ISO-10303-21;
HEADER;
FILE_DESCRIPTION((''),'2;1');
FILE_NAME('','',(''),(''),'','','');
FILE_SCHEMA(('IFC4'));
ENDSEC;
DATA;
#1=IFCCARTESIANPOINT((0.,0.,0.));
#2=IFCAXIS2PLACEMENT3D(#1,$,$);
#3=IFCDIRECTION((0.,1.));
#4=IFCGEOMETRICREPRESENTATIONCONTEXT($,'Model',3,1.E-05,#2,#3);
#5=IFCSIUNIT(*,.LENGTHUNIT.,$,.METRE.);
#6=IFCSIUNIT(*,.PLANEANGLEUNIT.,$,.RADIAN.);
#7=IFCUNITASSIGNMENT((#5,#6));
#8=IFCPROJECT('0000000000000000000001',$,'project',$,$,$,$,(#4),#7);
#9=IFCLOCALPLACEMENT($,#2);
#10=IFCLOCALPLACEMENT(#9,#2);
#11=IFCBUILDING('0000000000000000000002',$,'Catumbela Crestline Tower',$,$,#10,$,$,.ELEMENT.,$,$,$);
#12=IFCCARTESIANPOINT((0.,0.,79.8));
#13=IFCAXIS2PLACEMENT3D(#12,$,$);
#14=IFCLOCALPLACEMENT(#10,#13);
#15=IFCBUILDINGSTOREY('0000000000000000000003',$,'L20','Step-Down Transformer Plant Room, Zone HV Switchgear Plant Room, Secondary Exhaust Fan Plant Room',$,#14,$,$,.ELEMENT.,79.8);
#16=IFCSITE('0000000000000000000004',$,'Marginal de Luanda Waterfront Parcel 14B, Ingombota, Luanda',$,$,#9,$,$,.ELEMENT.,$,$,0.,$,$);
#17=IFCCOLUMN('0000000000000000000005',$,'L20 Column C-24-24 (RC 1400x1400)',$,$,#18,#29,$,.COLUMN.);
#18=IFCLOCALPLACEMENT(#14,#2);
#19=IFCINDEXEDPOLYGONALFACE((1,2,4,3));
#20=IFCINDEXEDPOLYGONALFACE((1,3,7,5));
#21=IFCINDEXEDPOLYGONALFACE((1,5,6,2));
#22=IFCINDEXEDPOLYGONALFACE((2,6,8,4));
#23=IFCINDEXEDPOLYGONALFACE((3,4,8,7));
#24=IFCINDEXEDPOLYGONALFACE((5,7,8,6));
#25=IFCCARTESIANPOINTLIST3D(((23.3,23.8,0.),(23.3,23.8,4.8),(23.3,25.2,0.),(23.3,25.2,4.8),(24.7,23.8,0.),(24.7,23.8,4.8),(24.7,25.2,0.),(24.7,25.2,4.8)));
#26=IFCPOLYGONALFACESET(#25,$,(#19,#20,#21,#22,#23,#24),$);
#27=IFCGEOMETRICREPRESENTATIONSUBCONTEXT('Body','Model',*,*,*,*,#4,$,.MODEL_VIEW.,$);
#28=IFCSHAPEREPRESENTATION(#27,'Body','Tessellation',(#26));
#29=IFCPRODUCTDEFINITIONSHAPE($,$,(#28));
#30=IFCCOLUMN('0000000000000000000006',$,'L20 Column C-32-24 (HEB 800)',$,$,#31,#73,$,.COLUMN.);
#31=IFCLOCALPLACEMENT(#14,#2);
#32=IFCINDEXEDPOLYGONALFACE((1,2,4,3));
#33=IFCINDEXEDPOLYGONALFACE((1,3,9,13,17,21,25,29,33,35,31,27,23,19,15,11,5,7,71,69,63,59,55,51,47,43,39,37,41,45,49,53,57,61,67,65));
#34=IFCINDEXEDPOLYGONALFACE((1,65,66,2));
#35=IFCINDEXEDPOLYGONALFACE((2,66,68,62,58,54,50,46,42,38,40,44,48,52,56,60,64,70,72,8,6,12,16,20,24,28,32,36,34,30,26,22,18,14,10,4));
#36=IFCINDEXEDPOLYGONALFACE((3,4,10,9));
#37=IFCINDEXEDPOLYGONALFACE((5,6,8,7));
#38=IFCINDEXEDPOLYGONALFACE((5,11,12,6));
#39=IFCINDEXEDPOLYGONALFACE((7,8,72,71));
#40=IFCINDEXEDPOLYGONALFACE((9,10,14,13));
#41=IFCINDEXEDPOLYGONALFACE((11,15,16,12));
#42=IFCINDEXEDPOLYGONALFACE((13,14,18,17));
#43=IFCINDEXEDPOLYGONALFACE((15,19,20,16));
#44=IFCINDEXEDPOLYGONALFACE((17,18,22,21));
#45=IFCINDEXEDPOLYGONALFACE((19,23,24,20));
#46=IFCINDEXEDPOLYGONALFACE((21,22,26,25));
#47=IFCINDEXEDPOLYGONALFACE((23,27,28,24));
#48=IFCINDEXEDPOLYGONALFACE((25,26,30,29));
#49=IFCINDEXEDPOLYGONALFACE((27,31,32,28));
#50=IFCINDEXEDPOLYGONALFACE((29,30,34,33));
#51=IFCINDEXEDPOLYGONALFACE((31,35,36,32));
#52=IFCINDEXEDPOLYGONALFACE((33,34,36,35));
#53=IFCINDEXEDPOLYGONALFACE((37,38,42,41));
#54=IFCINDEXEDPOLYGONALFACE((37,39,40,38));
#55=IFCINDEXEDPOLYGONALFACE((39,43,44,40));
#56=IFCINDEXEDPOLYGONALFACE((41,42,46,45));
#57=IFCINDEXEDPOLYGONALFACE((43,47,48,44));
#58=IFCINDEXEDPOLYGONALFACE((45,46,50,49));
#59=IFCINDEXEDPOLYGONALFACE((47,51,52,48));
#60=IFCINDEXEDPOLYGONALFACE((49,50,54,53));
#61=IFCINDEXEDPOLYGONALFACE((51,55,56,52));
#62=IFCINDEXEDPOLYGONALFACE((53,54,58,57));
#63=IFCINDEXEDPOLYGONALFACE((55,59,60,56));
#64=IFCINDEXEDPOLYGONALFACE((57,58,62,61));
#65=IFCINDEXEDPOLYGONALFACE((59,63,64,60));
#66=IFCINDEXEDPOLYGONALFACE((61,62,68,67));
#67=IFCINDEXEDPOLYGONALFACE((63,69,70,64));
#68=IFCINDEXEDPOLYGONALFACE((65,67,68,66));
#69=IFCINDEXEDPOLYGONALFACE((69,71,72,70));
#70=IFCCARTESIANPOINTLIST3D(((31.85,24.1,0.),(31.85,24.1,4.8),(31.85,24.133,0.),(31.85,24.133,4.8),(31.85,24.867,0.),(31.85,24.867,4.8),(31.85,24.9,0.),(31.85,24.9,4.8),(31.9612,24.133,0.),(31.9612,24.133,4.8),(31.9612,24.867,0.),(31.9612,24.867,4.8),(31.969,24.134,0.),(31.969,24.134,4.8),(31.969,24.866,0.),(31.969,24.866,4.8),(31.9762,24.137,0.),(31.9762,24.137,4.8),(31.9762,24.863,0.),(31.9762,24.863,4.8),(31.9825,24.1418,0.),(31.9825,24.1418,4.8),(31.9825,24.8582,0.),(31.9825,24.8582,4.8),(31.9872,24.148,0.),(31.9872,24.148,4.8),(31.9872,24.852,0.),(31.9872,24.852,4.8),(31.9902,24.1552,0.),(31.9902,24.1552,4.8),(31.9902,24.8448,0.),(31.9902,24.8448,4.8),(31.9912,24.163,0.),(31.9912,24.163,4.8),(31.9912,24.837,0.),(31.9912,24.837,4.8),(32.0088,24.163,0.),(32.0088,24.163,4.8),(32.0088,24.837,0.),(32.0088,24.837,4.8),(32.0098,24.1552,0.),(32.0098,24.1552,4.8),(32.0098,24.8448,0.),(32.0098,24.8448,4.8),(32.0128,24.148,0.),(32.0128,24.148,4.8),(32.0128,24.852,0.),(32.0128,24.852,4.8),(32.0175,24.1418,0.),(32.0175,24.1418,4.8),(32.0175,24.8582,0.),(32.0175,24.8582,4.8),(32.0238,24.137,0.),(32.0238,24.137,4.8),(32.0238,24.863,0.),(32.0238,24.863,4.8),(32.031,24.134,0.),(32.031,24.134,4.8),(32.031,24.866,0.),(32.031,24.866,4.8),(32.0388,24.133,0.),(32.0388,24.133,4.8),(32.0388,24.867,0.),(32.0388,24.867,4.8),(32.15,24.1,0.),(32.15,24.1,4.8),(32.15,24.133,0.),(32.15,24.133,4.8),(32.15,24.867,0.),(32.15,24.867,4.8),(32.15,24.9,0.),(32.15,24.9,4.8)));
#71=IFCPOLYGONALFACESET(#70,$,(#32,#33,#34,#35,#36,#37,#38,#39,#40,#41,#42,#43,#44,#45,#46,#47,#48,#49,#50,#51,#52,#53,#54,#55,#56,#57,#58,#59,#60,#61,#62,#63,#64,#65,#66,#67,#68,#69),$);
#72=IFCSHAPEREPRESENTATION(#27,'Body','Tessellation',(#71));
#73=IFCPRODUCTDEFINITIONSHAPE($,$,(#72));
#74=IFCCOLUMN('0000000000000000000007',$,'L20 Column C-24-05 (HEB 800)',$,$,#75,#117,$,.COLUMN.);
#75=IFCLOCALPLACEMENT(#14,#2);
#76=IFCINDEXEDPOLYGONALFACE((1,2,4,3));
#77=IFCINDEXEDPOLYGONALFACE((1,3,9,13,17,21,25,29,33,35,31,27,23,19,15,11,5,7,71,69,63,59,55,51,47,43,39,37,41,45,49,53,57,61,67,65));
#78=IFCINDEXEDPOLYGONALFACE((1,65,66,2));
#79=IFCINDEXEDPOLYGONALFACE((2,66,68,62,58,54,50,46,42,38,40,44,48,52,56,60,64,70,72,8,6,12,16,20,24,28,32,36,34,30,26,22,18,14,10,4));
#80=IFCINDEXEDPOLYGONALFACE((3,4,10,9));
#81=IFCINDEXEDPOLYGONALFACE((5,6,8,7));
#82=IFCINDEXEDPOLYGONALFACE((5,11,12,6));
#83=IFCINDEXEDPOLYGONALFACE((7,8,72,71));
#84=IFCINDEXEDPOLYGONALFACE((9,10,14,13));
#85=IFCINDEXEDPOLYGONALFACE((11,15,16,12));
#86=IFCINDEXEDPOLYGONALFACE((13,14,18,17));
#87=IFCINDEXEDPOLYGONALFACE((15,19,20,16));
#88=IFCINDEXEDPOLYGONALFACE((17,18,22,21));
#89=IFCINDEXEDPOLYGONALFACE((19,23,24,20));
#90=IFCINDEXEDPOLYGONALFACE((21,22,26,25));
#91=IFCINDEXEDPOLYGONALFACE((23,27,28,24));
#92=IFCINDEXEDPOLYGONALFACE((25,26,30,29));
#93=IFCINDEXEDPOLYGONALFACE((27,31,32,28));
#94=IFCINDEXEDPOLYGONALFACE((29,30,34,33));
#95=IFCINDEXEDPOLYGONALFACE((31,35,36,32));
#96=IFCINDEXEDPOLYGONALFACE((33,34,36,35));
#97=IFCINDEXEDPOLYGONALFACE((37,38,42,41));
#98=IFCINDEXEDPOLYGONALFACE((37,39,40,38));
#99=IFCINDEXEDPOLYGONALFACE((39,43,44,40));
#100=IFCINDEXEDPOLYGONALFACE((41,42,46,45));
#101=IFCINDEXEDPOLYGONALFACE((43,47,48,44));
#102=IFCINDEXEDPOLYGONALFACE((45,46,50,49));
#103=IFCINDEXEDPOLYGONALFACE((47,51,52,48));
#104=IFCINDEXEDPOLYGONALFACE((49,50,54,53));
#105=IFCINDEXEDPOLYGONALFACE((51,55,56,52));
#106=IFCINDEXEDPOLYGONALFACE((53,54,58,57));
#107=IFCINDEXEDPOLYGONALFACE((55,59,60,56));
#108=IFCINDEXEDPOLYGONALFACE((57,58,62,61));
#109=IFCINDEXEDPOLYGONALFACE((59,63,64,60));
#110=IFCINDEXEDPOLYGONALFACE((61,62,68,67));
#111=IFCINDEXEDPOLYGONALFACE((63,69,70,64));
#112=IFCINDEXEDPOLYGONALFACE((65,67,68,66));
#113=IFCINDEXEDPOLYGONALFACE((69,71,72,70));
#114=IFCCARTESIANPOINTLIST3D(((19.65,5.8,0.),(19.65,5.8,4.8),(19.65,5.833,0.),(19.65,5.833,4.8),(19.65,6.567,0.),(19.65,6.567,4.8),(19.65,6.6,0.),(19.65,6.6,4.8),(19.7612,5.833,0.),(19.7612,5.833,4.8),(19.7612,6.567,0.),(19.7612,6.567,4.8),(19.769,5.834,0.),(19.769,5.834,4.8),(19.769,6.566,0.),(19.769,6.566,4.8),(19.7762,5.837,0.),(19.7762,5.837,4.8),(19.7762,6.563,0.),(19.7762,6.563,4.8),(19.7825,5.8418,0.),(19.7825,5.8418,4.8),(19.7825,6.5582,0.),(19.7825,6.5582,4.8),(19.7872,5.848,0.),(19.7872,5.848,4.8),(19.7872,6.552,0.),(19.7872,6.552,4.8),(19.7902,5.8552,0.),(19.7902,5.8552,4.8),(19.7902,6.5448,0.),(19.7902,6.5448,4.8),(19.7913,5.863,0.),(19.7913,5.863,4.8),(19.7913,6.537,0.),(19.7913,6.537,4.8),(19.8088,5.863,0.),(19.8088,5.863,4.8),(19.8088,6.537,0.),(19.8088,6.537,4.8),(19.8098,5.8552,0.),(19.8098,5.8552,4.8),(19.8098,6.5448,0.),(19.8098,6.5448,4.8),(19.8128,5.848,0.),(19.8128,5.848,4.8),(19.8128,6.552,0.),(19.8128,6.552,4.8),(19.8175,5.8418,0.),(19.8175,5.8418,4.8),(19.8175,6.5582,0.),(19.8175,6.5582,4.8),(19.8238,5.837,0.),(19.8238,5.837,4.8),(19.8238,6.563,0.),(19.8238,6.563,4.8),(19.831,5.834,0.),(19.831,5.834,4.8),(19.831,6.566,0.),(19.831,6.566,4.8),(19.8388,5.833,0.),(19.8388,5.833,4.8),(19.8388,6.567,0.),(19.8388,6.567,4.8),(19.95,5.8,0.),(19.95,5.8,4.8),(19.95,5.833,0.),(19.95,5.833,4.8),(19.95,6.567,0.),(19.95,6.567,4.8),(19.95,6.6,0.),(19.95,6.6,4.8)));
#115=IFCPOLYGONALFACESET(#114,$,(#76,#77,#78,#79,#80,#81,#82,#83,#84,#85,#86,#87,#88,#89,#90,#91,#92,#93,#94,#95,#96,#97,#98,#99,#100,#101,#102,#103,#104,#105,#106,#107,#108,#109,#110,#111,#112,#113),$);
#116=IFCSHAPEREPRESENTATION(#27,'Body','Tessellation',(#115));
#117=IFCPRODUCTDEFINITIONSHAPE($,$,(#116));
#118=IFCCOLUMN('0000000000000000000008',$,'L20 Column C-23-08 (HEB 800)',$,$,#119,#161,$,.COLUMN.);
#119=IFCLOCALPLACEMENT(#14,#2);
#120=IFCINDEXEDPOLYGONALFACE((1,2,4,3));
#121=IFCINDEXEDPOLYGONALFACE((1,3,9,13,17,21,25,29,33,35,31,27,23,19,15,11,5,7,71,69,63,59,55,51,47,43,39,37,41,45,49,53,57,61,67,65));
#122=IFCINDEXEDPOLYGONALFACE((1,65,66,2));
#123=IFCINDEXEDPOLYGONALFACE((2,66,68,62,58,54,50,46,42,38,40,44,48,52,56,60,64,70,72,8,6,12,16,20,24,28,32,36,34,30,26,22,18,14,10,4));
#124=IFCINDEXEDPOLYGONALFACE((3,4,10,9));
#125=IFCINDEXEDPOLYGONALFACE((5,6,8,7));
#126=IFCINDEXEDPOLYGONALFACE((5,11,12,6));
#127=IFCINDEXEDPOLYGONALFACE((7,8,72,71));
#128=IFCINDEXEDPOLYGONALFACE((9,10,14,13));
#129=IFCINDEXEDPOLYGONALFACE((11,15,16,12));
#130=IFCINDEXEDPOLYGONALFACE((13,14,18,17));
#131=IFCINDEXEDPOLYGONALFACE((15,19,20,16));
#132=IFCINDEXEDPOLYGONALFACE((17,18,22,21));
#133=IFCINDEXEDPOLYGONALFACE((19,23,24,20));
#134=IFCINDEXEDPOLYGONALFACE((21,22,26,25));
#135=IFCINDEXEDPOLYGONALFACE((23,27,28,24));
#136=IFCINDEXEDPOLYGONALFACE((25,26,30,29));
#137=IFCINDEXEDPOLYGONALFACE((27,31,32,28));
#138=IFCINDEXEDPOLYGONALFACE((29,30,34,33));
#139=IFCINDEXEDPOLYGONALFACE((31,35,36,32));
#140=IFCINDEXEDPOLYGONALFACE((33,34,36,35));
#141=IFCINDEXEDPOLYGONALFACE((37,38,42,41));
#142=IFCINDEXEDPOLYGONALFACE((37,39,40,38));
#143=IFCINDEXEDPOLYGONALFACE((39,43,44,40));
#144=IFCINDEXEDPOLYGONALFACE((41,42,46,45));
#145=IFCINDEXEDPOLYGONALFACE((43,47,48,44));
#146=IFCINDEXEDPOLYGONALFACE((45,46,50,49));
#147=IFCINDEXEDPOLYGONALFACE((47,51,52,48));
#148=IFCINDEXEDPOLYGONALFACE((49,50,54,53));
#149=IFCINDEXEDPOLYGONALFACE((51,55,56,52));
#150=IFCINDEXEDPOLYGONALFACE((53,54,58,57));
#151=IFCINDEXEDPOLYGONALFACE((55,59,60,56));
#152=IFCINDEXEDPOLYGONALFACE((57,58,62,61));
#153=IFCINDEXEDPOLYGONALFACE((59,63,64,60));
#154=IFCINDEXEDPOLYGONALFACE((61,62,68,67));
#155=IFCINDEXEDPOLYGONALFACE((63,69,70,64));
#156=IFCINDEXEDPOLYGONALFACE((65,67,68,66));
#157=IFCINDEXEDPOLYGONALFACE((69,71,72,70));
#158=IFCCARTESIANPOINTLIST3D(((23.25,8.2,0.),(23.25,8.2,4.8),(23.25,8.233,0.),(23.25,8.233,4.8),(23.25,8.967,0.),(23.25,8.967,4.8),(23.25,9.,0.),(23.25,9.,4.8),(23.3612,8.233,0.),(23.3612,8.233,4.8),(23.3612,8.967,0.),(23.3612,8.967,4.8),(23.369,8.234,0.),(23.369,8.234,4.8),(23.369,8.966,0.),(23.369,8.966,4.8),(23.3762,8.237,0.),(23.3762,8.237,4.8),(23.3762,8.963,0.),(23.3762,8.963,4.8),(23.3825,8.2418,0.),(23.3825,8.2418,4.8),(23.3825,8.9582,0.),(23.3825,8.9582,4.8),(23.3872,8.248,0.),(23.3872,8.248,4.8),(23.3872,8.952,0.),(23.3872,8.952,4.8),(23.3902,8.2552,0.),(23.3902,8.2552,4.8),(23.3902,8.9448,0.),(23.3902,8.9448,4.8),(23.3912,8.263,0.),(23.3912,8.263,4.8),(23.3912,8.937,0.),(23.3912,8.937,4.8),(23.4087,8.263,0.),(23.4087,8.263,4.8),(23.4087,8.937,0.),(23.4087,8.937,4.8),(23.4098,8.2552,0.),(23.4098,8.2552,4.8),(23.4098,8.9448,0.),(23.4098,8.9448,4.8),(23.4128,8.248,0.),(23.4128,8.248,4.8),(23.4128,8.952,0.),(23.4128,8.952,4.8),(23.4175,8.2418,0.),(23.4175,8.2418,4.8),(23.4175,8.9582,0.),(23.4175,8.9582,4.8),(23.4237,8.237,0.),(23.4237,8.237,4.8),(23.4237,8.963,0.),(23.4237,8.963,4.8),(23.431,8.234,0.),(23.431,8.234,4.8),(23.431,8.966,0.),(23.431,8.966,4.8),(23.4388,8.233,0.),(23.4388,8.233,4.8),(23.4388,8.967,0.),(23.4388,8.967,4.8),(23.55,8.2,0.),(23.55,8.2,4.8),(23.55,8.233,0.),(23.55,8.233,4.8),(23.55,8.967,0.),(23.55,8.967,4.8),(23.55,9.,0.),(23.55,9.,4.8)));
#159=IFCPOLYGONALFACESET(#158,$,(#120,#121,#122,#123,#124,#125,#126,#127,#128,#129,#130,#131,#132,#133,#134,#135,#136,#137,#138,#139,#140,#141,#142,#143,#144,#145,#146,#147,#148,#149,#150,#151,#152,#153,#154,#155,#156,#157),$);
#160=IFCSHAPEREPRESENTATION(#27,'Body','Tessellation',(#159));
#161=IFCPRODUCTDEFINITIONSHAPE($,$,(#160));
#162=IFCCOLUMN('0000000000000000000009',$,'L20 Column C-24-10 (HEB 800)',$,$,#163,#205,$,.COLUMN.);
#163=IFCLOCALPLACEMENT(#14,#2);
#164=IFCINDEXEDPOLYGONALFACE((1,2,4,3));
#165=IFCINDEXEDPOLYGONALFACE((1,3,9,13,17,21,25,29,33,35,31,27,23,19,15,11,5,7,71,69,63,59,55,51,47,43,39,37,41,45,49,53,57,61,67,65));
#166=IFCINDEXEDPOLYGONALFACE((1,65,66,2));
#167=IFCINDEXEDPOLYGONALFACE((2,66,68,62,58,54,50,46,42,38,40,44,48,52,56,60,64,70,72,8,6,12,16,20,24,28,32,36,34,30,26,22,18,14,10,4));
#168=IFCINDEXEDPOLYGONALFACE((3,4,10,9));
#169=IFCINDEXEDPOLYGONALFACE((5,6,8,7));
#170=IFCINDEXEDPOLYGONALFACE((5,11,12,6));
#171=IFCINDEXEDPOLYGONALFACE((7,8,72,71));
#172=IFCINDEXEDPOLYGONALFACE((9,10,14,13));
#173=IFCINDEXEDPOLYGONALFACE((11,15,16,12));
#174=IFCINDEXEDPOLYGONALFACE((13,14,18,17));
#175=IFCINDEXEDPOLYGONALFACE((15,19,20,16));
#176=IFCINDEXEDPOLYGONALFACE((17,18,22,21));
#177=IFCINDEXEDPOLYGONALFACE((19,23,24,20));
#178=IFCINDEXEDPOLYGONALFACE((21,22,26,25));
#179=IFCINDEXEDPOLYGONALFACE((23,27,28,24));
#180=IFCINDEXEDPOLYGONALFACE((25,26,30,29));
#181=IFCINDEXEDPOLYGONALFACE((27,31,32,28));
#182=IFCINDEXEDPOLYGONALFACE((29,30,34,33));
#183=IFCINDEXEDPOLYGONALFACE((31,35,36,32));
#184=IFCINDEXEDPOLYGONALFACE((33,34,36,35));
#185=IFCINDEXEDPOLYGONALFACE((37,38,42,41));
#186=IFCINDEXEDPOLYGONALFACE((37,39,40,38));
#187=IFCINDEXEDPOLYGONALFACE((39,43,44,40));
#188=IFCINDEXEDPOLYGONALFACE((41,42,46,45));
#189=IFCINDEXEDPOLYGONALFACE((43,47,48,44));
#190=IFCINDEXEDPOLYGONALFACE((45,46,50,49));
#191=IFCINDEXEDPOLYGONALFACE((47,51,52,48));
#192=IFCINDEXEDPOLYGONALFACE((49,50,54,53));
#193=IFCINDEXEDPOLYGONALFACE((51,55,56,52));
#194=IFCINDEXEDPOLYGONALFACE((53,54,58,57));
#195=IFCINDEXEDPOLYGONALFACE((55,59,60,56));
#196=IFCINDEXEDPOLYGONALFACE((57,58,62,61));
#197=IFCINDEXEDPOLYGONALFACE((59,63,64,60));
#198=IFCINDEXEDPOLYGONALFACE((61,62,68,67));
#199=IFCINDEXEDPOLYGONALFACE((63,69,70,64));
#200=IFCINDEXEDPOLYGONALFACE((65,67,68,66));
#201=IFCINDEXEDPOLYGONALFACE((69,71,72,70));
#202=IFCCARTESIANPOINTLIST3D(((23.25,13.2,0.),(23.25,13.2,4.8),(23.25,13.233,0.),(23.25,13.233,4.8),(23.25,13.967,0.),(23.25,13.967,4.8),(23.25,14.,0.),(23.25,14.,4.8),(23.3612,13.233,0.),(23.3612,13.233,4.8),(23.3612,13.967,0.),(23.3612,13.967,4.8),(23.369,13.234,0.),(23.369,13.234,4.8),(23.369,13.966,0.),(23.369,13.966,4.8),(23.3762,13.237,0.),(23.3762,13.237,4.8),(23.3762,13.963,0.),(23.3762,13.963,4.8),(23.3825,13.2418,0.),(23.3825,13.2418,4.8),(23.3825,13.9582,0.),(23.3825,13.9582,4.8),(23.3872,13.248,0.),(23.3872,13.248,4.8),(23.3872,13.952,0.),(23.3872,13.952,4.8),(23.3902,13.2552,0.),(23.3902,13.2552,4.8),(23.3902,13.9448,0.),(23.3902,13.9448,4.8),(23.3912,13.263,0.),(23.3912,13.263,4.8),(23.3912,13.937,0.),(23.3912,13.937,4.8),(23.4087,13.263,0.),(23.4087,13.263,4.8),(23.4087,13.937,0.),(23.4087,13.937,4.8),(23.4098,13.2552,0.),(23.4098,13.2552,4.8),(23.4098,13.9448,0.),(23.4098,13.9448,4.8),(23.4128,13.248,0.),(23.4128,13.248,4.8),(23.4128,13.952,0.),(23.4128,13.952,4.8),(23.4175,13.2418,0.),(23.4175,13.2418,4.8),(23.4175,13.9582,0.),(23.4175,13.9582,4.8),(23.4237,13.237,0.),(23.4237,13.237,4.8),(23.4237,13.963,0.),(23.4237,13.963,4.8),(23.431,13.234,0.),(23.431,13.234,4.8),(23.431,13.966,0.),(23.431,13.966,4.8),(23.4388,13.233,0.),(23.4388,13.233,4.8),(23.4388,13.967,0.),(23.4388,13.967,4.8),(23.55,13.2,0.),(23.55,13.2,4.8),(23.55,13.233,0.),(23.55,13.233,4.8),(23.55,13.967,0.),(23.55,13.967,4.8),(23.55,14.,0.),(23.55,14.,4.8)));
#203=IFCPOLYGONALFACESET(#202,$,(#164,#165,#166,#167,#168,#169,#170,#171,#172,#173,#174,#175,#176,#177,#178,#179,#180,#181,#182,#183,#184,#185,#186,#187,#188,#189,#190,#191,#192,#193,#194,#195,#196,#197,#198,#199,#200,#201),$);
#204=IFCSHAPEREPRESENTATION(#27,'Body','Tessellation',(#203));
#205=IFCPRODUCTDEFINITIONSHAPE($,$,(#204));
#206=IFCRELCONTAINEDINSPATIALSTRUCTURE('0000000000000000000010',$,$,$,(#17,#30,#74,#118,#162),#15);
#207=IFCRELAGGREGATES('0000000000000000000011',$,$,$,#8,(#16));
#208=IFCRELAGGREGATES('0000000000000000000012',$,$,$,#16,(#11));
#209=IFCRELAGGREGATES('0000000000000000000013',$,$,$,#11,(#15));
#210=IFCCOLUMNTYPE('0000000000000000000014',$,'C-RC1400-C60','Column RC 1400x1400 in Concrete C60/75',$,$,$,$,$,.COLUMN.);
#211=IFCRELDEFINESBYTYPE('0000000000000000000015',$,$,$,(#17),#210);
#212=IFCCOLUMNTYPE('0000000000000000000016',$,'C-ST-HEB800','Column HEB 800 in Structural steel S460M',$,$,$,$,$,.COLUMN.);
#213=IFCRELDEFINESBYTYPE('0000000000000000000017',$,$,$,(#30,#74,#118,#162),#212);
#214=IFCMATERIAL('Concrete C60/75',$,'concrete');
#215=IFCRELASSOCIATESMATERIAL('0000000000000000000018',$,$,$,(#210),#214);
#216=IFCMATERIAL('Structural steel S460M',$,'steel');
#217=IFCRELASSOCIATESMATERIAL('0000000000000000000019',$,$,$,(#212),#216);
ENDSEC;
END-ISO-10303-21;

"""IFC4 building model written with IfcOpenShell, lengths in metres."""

from ifc_helpers import new_model, si_unit, direction, frame, origin, origin_2d, place, context, subcontext, project, spatial, rectangle, i_section, extrude, material, material_profile, profile_set, type_object, element, save


model = new_model("IFC4")

# Units and contexts
model_context = context("Model", 3, precision=1e-05, world=origin(), true_north=direction((0.0, 1.0)))
body_context = subcontext(model_context, "Body", "Model", "MODEL_VIEW")
ifc_project = project(units=[si_unit("LENGTHUNIT", "METRE"), si_unit("PLANEANGLEUNIT", "RADIAN")], contexts=[model_context])

# Site, building, storey
site_placement = place(None, origin())
site = spatial("IfcSite", under=ifc_project, at=site_placement, Name="Marginal de Luanda Waterfront Parcel 14B, Ingombota, Luanda", CompositionType="ELEMENT", RefElevation=0.0)
building_placement = place(site_placement, origin())
building = spatial("IfcBuilding", under=site, at=building_placement, Name="Catumbela Crestline Tower", CompositionType="ELEMENT")
storey_placement = place(building_placement, frame((0.0, 0.0, 79.8)))
storey = spatial("IfcBuildingStorey", under=building, at=storey_placement, Name="L20", Description="Step-Down Transformer Plant Room, Zone HV Switchgear Plant Room, Secondary Exhaust Fan Plant Room", CompositionType="ELEMENT", Elevation=79.8)

# Columns
ifc_material_1 = material(Name="Concrete C60/75", Category="concrete")
ifc_material_profile_1 = material_profile(ifc_material_1, rectangle(XDim=1.4, YDim=1.4, at=origin_2d()), Name="RC 1400x1400")
ifc_profile_set_1 = profile_set([ifc_material_profile_1], Name="Concrete C60/75")
column_type_1 = type_object("IfcColumnType", Name="C-RC1400-C60", Description="Column RC 1400x1400 in Concrete C60/75", PredefinedType="COLUMN", material=ifc_profile_set_1)
column_placement = place(storey_placement, frame((24.0, 24.5, 0.0), z_axis=(0.0, 0.0, 1.0), x_axis=(1.0, 0.0, 0.0)))
element("IfcColumn", 1, at=column_placement, inside=storey, type_object=column_type_1, Name="L20 Column C-24-24 (RC 1400x1400)", PredefinedType="COLUMN", context=body_context, shape_type="SweptSolid", body=[
    extrude(rectangle(XDim=1.4, YDim=1.4, at=origin_2d()), origin(), (0.0, 0.0, 1.0), 4.8),
])
ifc_material_2 = material(Name="Structural steel S460M", Category="steel")
ifc_material_profile_2 = material_profile(ifc_material_2, i_section(OverallWidth=0.3, OverallDepth=0.8, WebThickness=0.0175, FlangeThickness=0.033, FilletRadius=0.03, at=origin_2d()), Name="HEB 800")
ifc_profile_set_2 = profile_set([ifc_material_profile_2], Name="Structural steel S460M")
column_type_2 = type_object("IfcColumnType", Name="C-ST-HEB800", Description="Column HEB 800 in Structural steel S460M", PredefinedType="COLUMN", material=ifc_profile_set_2)
for number, where, z_axis, x_axis, name in (
    (2, (32.0, 24.5, 0.0), (0.0, 0.0, 1.0), (1.0, 0.0, 0.0), "L20 Column C-32-24 (HEB 800)"),
    (3, (19.8, 6.2, 0.0), (0.0, 0.0, 1.0), (1.0, 0.0, 0.0), "L20 Column C-24-05 (HEB 800)"),
    (4, (23.4, 8.6, 0.0), (0.0, 0.0, 1.0), (1.0, 0.0, 0.0), "L20 Column C-23-08 (HEB 800)"),
    (5, (23.4, 13.6, 0.0), (0.0, 0.0, 1.0), (1.0, 0.0, 0.0), "L20 Column C-24-10 (HEB 800)"),
):
    element("IfcColumn", number, at=place(storey_placement, frame(where, z_axis=z_axis, x_axis=x_axis)), inside=storey, type_object=column_type_2, Name=name, PredefinedType="COLUMN", context=body_context, shape_type="SweptSolid", body=[
        extrude(i_section(OverallWidth=0.3, OverallDepth=0.8, WebThickness=0.0175, FlangeThickness=0.033, FilletRadius=0.03, at=origin_2d()), origin(), (0.0, 0.0, 1.0), 4.8),
    ])

save(model, "model.ifc")
